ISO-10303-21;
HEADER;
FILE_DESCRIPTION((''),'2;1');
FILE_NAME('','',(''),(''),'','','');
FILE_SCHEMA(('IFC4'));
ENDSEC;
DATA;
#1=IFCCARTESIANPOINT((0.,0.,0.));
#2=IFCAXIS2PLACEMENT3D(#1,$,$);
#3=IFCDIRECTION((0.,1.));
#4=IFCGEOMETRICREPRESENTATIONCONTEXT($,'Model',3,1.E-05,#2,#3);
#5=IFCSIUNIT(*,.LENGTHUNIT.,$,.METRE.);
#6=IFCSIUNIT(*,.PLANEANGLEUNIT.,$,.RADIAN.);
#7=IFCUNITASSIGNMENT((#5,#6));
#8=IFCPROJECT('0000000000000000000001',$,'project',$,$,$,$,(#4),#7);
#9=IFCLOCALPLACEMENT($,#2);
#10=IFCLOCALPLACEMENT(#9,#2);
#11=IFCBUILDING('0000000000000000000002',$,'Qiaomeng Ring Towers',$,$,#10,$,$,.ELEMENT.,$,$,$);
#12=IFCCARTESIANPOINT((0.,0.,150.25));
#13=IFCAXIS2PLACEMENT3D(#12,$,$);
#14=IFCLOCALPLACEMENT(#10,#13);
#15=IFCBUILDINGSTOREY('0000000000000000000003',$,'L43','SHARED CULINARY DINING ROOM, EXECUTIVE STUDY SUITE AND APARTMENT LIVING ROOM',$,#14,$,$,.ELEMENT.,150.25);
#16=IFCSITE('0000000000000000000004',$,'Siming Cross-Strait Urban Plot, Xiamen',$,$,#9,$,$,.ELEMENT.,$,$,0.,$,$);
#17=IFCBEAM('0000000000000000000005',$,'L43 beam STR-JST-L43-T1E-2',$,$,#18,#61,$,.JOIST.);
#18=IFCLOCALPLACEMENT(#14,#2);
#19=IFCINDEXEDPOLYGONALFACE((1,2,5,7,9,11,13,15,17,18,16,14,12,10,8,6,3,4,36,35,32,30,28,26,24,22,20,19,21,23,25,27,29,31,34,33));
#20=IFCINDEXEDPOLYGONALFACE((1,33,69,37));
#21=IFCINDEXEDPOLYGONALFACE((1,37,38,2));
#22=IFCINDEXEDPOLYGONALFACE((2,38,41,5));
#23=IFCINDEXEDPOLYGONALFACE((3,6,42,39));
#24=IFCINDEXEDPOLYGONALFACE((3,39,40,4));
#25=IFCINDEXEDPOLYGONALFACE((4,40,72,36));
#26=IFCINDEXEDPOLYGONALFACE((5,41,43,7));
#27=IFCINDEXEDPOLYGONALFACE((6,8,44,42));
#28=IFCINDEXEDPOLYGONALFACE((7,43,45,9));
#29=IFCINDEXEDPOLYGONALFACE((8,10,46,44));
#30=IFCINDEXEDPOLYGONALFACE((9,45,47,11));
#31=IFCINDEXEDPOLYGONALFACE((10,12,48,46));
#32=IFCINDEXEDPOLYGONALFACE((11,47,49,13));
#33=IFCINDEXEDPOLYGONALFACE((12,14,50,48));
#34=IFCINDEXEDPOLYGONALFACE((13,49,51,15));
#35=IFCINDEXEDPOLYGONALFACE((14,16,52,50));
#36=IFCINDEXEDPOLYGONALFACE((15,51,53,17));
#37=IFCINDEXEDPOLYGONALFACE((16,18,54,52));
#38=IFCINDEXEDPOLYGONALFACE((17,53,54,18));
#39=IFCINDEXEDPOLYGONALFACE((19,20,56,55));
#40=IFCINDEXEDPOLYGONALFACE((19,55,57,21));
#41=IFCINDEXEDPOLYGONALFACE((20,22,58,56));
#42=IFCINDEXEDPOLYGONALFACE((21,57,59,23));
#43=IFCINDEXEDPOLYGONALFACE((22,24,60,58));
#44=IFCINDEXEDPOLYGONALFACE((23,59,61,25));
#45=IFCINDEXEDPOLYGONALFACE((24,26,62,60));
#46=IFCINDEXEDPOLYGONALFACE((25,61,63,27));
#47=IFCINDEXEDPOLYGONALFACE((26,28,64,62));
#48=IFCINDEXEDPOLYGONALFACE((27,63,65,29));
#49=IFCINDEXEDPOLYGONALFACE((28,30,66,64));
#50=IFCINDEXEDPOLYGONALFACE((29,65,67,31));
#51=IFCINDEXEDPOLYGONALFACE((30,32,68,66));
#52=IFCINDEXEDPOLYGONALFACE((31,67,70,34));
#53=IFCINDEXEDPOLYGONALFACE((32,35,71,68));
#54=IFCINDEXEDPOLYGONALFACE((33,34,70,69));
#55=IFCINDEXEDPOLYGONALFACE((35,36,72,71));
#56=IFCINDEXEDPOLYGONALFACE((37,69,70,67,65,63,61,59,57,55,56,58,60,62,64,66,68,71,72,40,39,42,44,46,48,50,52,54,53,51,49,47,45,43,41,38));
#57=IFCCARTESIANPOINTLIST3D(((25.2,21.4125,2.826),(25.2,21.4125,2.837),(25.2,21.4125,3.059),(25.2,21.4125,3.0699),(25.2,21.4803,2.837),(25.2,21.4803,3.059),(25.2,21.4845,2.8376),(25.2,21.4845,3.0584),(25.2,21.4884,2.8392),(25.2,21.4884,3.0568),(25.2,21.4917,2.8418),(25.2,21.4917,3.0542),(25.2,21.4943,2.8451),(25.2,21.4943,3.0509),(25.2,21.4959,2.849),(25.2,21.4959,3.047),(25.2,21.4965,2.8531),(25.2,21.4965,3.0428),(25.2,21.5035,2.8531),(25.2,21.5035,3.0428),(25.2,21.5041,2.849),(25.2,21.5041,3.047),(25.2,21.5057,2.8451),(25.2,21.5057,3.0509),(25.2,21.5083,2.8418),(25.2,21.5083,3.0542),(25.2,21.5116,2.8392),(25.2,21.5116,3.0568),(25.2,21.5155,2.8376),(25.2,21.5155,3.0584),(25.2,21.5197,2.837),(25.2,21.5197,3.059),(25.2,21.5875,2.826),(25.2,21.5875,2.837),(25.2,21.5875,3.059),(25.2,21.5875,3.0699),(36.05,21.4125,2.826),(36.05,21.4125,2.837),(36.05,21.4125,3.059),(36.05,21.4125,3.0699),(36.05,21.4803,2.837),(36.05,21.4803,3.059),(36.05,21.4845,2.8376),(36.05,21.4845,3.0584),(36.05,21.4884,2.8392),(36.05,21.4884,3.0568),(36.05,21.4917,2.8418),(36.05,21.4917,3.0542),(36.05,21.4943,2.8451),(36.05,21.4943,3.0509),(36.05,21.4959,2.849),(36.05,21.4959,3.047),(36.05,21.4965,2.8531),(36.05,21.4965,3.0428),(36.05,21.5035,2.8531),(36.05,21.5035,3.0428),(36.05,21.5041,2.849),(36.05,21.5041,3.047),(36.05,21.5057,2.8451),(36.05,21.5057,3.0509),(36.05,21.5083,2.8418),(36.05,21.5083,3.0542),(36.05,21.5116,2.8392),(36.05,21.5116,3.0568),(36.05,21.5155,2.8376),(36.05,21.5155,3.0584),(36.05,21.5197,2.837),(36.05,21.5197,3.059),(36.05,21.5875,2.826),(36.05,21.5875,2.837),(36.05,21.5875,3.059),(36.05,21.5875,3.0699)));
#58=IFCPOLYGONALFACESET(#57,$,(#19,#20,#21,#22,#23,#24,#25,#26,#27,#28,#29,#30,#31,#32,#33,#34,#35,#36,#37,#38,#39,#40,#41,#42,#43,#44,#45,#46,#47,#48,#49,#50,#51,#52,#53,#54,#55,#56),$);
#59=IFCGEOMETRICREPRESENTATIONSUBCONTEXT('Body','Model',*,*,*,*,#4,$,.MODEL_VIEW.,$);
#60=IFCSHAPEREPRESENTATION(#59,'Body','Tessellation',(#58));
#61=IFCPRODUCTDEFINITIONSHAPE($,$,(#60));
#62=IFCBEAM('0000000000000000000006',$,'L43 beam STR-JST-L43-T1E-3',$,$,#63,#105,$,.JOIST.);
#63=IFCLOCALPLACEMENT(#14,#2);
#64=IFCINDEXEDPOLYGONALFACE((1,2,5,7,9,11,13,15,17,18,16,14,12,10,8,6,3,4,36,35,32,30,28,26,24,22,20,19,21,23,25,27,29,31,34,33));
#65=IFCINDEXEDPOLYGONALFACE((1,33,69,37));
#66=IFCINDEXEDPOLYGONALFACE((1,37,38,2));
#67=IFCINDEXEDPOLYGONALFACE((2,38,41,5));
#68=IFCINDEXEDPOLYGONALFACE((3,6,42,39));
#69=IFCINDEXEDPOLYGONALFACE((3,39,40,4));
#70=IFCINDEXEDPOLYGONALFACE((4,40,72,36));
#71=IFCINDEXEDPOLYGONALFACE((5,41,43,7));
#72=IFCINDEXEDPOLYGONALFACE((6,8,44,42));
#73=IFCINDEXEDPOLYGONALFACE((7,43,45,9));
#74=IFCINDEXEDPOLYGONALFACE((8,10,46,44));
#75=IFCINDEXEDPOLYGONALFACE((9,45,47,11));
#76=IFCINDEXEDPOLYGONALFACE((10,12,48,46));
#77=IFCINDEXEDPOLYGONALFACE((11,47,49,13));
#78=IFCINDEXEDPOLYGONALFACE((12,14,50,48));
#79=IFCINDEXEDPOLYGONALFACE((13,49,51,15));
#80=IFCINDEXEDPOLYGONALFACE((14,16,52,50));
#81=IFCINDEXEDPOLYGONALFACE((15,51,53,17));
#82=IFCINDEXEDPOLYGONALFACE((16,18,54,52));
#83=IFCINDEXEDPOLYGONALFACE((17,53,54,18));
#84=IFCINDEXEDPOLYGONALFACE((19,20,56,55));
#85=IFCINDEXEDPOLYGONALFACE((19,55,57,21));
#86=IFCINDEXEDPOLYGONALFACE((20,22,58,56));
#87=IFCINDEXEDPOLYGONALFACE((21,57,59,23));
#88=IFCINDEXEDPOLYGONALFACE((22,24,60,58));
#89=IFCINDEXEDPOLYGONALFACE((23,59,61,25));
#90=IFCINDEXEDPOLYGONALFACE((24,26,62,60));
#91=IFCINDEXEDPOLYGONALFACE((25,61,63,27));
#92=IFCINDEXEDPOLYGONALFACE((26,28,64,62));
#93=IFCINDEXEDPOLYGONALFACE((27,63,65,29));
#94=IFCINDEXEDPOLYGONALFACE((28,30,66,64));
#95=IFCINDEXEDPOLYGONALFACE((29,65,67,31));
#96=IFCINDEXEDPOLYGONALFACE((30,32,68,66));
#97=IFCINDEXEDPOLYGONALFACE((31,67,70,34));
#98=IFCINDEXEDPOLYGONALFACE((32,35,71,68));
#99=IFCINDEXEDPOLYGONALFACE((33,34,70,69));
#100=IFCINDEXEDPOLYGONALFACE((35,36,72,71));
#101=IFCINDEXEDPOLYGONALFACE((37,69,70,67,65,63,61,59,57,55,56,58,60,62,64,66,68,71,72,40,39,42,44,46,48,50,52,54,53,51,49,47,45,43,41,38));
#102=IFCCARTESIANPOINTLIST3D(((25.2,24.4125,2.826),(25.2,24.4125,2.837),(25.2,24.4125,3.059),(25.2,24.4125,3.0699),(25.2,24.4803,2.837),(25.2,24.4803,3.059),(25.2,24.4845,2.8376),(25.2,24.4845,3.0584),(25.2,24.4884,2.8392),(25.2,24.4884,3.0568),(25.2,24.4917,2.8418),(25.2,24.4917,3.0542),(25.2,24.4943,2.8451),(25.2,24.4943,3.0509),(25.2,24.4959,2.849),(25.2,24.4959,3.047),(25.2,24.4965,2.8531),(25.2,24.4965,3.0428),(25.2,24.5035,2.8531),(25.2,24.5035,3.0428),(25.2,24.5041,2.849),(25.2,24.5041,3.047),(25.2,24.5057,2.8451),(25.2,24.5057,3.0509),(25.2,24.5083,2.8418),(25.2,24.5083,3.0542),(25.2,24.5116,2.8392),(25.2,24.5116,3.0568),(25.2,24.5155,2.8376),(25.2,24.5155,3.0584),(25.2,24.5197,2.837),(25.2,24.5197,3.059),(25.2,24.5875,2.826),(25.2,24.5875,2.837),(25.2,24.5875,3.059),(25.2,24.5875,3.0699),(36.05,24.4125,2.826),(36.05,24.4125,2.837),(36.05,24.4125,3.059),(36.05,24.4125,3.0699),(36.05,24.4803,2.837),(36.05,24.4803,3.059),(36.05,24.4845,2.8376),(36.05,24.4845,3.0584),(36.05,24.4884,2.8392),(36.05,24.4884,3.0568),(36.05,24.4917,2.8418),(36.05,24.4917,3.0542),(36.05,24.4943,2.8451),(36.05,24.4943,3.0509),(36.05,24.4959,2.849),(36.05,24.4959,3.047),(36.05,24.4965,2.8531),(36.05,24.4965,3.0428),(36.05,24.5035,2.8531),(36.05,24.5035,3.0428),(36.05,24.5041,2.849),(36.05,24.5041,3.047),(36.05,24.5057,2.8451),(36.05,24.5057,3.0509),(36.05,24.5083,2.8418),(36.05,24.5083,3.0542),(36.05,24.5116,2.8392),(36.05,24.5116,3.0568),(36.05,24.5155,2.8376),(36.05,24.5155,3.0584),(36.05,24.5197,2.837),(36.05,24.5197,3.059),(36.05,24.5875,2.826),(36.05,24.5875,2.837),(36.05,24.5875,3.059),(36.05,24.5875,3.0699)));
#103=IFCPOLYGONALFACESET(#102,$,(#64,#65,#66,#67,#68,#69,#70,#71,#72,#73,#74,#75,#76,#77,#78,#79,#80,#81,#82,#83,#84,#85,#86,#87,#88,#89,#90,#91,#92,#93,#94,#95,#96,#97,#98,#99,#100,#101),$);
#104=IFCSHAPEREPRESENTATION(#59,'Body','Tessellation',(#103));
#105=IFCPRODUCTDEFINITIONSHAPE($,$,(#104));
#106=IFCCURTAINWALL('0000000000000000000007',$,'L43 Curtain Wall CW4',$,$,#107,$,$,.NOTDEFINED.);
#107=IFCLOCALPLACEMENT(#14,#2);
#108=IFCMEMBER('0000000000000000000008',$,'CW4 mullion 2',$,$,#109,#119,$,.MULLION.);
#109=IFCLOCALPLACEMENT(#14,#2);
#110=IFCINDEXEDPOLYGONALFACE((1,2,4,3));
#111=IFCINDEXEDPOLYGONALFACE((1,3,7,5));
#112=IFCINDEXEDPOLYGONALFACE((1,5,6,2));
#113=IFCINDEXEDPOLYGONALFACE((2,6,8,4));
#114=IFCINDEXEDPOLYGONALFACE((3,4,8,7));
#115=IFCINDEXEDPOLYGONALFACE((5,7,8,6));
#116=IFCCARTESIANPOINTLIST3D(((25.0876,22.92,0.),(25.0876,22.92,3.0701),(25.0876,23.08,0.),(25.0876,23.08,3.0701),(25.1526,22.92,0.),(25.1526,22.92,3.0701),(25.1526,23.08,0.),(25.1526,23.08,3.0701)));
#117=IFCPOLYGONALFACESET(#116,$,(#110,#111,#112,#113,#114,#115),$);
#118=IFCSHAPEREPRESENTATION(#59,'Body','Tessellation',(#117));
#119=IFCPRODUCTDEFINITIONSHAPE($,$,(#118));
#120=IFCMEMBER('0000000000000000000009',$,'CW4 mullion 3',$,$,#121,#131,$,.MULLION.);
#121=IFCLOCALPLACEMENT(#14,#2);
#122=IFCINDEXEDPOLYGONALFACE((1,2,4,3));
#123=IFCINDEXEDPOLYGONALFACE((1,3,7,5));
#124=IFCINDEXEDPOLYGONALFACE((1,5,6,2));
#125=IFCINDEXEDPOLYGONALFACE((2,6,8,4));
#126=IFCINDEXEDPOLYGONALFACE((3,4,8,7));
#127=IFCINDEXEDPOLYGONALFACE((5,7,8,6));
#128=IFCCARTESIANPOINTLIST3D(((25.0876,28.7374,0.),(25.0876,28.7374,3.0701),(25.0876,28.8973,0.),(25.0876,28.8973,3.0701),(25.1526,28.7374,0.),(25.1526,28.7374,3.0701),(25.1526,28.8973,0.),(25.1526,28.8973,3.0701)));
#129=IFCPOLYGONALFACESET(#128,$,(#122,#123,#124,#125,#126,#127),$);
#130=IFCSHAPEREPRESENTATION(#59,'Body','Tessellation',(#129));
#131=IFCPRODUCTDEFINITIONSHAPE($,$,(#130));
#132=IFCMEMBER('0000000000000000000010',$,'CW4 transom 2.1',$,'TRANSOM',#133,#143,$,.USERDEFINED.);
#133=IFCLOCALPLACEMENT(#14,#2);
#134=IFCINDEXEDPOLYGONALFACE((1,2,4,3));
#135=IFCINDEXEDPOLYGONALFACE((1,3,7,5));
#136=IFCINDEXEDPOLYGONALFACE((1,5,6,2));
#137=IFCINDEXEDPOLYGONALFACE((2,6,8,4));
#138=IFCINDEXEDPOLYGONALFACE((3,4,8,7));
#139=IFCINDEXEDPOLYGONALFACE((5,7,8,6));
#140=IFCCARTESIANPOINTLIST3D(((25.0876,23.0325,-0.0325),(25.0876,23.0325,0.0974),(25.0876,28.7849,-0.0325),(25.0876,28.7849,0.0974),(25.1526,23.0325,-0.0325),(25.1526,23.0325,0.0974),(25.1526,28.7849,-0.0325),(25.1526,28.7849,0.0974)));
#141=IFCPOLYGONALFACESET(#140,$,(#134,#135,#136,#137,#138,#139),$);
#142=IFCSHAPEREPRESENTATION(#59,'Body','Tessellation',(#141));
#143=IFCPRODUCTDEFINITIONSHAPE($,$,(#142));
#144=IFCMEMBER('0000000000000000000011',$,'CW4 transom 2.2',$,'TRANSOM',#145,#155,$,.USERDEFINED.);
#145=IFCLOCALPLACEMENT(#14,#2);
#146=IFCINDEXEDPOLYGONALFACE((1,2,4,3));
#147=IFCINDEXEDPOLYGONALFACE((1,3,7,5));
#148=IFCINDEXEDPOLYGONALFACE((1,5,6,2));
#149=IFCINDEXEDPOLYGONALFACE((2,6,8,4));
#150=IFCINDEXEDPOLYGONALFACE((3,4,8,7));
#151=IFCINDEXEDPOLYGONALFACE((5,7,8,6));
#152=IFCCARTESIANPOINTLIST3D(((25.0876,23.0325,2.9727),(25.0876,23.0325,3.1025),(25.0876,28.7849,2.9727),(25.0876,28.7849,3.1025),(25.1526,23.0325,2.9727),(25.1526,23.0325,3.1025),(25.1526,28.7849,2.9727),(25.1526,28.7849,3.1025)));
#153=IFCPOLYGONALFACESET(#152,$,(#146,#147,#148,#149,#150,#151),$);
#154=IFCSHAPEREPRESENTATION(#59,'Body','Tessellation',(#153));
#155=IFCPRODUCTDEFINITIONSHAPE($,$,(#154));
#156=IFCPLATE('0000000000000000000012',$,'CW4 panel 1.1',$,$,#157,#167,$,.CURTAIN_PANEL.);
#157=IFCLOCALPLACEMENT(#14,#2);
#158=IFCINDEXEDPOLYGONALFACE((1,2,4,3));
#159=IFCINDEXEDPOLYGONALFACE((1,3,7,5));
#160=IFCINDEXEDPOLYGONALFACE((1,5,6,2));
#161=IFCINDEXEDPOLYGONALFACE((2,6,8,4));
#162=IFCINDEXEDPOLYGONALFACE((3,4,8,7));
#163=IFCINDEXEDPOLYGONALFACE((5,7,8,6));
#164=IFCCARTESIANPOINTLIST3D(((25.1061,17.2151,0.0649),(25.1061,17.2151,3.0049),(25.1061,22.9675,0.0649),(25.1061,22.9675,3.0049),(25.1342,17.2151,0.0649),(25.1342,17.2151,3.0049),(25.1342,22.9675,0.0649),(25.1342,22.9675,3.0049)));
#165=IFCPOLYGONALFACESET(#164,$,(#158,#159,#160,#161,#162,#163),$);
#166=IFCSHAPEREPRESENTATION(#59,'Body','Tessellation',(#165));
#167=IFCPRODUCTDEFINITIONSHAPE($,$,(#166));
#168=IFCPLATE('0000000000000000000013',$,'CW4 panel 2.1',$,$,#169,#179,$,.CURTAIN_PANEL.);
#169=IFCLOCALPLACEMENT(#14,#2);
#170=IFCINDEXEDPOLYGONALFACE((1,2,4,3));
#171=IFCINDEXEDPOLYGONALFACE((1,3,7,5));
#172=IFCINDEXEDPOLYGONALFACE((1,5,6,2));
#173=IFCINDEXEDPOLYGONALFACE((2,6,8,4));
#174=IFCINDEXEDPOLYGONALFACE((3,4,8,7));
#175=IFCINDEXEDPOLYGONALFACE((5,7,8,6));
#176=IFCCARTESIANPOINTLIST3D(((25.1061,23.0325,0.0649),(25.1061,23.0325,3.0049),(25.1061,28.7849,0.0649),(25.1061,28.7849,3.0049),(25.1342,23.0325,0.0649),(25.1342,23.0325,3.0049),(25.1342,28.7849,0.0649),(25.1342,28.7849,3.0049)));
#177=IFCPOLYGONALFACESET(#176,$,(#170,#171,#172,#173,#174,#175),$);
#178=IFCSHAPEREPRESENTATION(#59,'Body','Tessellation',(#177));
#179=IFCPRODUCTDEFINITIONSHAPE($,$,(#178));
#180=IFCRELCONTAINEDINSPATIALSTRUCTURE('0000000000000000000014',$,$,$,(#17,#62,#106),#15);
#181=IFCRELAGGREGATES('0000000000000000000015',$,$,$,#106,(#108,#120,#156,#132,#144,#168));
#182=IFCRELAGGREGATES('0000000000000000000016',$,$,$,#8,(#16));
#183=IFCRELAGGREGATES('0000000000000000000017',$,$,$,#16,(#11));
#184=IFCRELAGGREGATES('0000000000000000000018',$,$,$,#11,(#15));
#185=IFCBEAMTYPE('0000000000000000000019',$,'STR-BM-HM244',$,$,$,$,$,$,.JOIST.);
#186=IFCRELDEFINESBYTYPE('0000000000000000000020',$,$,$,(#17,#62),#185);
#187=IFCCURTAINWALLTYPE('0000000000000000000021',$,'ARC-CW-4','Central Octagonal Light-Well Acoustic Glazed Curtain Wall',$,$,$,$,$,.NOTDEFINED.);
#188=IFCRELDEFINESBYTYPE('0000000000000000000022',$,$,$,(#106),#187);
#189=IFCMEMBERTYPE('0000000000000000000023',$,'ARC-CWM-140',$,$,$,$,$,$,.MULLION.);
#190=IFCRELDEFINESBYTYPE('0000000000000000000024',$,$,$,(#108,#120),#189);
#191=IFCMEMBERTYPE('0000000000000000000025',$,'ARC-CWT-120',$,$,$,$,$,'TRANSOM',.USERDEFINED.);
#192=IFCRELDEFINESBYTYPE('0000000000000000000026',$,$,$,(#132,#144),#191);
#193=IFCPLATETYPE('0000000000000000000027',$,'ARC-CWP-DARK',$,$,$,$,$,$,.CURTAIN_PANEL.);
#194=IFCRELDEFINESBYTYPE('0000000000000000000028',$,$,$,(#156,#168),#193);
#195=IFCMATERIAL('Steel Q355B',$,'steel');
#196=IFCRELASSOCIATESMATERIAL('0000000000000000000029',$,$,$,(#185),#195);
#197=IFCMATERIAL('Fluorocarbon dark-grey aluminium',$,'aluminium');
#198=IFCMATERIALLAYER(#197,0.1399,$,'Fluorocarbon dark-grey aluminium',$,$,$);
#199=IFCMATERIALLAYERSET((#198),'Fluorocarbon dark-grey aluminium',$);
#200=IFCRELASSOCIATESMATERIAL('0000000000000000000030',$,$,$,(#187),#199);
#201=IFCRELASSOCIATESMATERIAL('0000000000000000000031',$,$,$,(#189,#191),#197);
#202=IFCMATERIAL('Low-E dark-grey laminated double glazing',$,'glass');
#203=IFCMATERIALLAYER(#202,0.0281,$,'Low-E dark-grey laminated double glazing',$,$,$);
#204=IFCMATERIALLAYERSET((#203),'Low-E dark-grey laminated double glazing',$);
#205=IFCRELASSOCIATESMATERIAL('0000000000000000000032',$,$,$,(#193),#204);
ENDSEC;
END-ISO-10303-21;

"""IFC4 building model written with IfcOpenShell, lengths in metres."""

from ifc_helpers import new_model, si_unit, direction, frame, origin, origin_2d, place, context, subcontext, project, spatial, rectangle, i_section, extrude, source, transform, mapped, material, layer, layer_set, material_profile, profile_set, type_object, element, aggregate, save


model = new_model("IFC4")

# Units and contexts
model_context = context("Model", 3, precision=1e-05, world=origin(), true_north=direction((0.0, 1.0)))
body_context = subcontext(model_context, "Body", "Model", "MODEL_VIEW")
ifc_project = project(units=[si_unit("LENGTHUNIT", "METRE"), si_unit("PLANEANGLEUNIT", "RADIAN")], contexts=[model_context])

# Site, building, storey
site_placement = place(None, origin())
site = spatial("IfcSite", under=ifc_project, at=site_placement, Name="Siming Cross-Strait Urban Plot, Xiamen", CompositionType="ELEMENT", RefElevation=0.0)
building_placement = place(site_placement, origin())
building = spatial("IfcBuilding", under=site, at=building_placement, Name="Qiaomeng Ring Towers", CompositionType="ELEMENT")
storey_placement = place(building_placement, frame((0.0, 0.0, 150.25)))
storey = spatial("IfcBuildingStorey", under=building, at=storey_placement, Name="L43", Description="SHARED CULINARY DINING ROOM, EXECUTIVE STUDY SUITE AND APARTMENT LIVING ROOM", CompositionType="ELEMENT", Elevation=150.25)

# Beams
ifc_material_1 = material(Name="Steel Q355B", Category="steel")
ifc_material_profile_1 = material_profile(ifc_material_1, i_section(OverallWidth=0.175, OverallDepth=0.2439, WebThickness=0.0071, FlangeThickness=0.011, FilletRadius=0.0161, at=origin_2d()), Name="HM 244x175x7x11")
ifc_profile_set_1 = profile_set([ifc_material_profile_1], Name="Steel Q355B")
beam_type = type_object("IfcBeamType", Name="STR-BM-HM244", PredefinedType="JOIST", material=ifc_profile_set_1)
shared_shape_1 = source(origin(), body_context, "Body", "SweptSolid", [
    extrude(i_section(OverallWidth=0.175, OverallDepth=0.2439, WebThickness=0.0071, FlangeThickness=0.011, FilletRadius=0.0161, at=origin_2d()), origin(), (0.0, 0.0, 1.0), 10.8501),
])
for number, where, z_axis, x_axis, name in (
    (1, (25.2, 21.5, 2.948), (1.0, 0.0, 0.0), (0.0, 1.0, 0.0), "L43 beam STR-JST-L43-T1E-2"),
    (2, (25.2, 24.5, 2.948), (1.0, 0.0, 0.0), (0.0, 1.0, 0.0), "L43 beam STR-JST-L43-T1E-3"),
):
    element("IfcBeam", number, at=place(storey_placement, frame(where, z_axis=z_axis, x_axis=x_axis)), inside=storey, type_object=beam_type, Name=name, PredefinedType="JOIST", context=body_context, shape_type="MappedRepresentation", body=[
        mapped(shared_shape_1, transform((0.0, 0.0, 0.0), x_axis=(1.0, 0.0, 0.0), y_axis=(0.0, 1.0, 0.0), z_axis=(0.0, 0.0, 1.0), scale=1.0)),
    ])

# Curtain wall, members, plates
ifc_material_2 = material(Name="Fluorocarbon dark-grey aluminium", Category="aluminium")
ifc_layer_1 = layer(ifc_material_2, 0.1399, Name="Fluorocarbon dark-grey aluminium")
ifc_layer_set_1 = layer_set([ifc_layer_1], Name="Fluorocarbon dark-grey aluminium")
curtain_wall_type = type_object("IfcCurtainWallType", Name="ARC-CW-4", Description="Central Octagonal Light-Well Acoustic Glazed Curtain Wall", PredefinedType="NOTDEFINED", material=ifc_layer_set_1)
curtain_wall_placement = place(storey_placement, origin())
curtain_wall = element("IfcCurtainWall", 3, at=curtain_wall_placement, inside=storey, type_object=curtain_wall_type, Name="L43 Curtain Wall CW4", PredefinedType="NOTDEFINED")
ifc_material_profile_2 = material_profile(ifc_material_2, rectangle(XDim=0.0649, YDim=0.1599, at=origin_2d()), Name="ALU MULL 65x160")
ifc_profile_set_2 = profile_set([ifc_material_profile_2], Name="Fluorocarbon dark-grey aluminium")
member_type_1 = type_object("IfcMemberType", Name="ARC-CWM-140", PredefinedType="MULLION", material=ifc_profile_set_2)
shared_shape_2 = source(origin(), body_context, "Body", "SweptSolid", [
    extrude(rectangle(XDim=0.0649, YDim=0.1599, at=origin_2d()), origin(), (0.0, 0.0, 1.0), 3.0701),
])
member_1_placement = place(storey_placement, frame((25.1201, 23.0, 0.0), z_axis=(0.0, 0.0, 1.0), x_axis=(-1.0, 0.0, 0.0)))
member_1 = element("IfcMember", 4, at=member_1_placement, type_object=member_type_1, Name="CW4 mullion 2", PredefinedType="MULLION", context=body_context, shape_type="MappedRepresentation", body=[
    mapped(shared_shape_2, transform((0.0, 0.0, 0.0), x_axis=(1.0, 0.0, 0.0), y_axis=(0.0, 1.0, 0.0), z_axis=(0.0, 0.0, 1.0), scale=1.0)),
])
member_2_placement = place(storey_placement, frame((25.1201, 28.8174, 0.0), z_axis=(0.0, 0.0, 1.0), x_axis=(-1.0, 0.0, 0.0)))
member_2 = element("IfcMember", 5, at=member_2_placement, type_object=member_type_1, Name="CW4 mullion 3", PredefinedType="MULLION", context=body_context, shape_type="MappedRepresentation", body=[
    mapped(shared_shape_2, transform((0.0, 0.0, 0.0), x_axis=(1.0, 0.0, 0.0), y_axis=(0.0, 1.0, 0.0), z_axis=(0.0, 0.0, 1.0), scale=1.0)),
])
ifc_material_profile_3 = material_profile(ifc_material_2, rectangle(XDim=0.0649, YDim=0.1299, at=origin_2d()), Name="ALU TRAN 65x130")
ifc_profile_set_3 = profile_set([ifc_material_profile_3], Name="Fluorocarbon dark-grey aluminium")
member_type_2 = type_object("IfcMemberType", Name="ARC-CWT-120", ElementType="TRANSOM", PredefinedType="USERDEFINED", material=ifc_profile_set_3)
shared_shape_3 = source(origin(), body_context, "Body", "SweptSolid", [
    extrude(rectangle(XDim=0.0649, YDim=0.1299, at=origin_2d()), origin(), (0.0, 0.0, 1.0), 5.7524),
])
member_3_placement = place(storey_placement, frame((25.1201, 23.0325, 0.0325), z_axis=(0.0, 1.0, 0.0), x_axis=(-1.0, 0.0, 0.0)))
member_3 = element("IfcMember", 6, at=member_3_placement, type_object=member_type_2, Name="CW4 transom 2.1", ObjectType="TRANSOM", PredefinedType="USERDEFINED", context=body_context, shape_type="MappedRepresentation", body=[
    mapped(shared_shape_3, transform((0.0, 0.0, 0.0), x_axis=(1.0, 0.0, 0.0), y_axis=(0.0, 1.0, 0.0), z_axis=(0.0, 0.0, 1.0), scale=1.0)),
])
member_4_placement = place(storey_placement, frame((25.1201, 23.0325, 3.0376), z_axis=(0.0, 1.0, 0.0), x_axis=(-1.0, 0.0, 0.0)))
member_4 = element("IfcMember", 7, at=member_4_placement, type_object=member_type_2, Name="CW4 transom 2.2", ObjectType="TRANSOM", PredefinedType="USERDEFINED", context=body_context, shape_type="MappedRepresentation", body=[
    mapped(shared_shape_3, transform((0.0, 0.0, 0.0), x_axis=(1.0, 0.0, 0.0), y_axis=(0.0, 1.0, 0.0), z_axis=(0.0, 0.0, 1.0), scale=1.0)),
])
ifc_material_3 = material(Name="Low-E dark-grey laminated double glazing", Category="glass")
ifc_layer_2 = layer(ifc_material_3, 0.0281, Name="Low-E dark-grey laminated double glazing")
ifc_layer_set_2 = layer_set([ifc_layer_2], Name="Low-E dark-grey laminated double glazing")
plate_type = type_object("IfcPlateType", Name="ARC-CWP-DARK", PredefinedType="CURTAIN_PANEL", material=ifc_layer_set_2)
shared_shape_4 = source(origin(), body_context, "Body", "SweptSolid", [
    extrude(rectangle(XDim=5.7524, YDim=0.0281, at=origin_2d()), origin(), (0.0, 0.0, 1.0), 2.9399),
])
plate_1_placement = place(storey_placement, frame((25.1201, 20.0913, 0.0649), z_axis=(0.0, 0.0, 1.0), x_axis=(0.0, 1.0, 0.0)))
plate_1 = element("IfcPlate", 8, at=plate_1_placement, type_object=plate_type, Name="CW4 panel 1.1", PredefinedType="CURTAIN_PANEL", context=body_context, shape_type="MappedRepresentation", body=[
    mapped(shared_shape_4, transform((0.0, 0.0, 0.0), x_axis=(1.0, 0.0, 0.0), y_axis=(0.0, 1.0, 0.0), z_axis=(0.0, 0.0, 1.0), scale=1.0)),
])
plate_2_placement = place(storey_placement, frame((25.1201, 25.9087, 0.0649), z_axis=(0.0, 0.0, 1.0), x_axis=(0.0, 1.0, 0.0)))
plate_2 = element("IfcPlate", 9, at=plate_2_placement, type_object=plate_type, Name="CW4 panel 2.1", PredefinedType="CURTAIN_PANEL", context=body_context, shape_type="MappedRepresentation", body=[
    mapped(shared_shape_4, transform((0.0, 0.0, 0.0), x_axis=(1.0, 0.0, 0.0), y_axis=(0.0, 1.0, 0.0), z_axis=(0.0, 0.0, 1.0), scale=1.0)),
])
aggregate(curtain_wall, [member_1, member_2, plate_1, member_3, member_4, plate_2])

save(model, "model.ifc")
